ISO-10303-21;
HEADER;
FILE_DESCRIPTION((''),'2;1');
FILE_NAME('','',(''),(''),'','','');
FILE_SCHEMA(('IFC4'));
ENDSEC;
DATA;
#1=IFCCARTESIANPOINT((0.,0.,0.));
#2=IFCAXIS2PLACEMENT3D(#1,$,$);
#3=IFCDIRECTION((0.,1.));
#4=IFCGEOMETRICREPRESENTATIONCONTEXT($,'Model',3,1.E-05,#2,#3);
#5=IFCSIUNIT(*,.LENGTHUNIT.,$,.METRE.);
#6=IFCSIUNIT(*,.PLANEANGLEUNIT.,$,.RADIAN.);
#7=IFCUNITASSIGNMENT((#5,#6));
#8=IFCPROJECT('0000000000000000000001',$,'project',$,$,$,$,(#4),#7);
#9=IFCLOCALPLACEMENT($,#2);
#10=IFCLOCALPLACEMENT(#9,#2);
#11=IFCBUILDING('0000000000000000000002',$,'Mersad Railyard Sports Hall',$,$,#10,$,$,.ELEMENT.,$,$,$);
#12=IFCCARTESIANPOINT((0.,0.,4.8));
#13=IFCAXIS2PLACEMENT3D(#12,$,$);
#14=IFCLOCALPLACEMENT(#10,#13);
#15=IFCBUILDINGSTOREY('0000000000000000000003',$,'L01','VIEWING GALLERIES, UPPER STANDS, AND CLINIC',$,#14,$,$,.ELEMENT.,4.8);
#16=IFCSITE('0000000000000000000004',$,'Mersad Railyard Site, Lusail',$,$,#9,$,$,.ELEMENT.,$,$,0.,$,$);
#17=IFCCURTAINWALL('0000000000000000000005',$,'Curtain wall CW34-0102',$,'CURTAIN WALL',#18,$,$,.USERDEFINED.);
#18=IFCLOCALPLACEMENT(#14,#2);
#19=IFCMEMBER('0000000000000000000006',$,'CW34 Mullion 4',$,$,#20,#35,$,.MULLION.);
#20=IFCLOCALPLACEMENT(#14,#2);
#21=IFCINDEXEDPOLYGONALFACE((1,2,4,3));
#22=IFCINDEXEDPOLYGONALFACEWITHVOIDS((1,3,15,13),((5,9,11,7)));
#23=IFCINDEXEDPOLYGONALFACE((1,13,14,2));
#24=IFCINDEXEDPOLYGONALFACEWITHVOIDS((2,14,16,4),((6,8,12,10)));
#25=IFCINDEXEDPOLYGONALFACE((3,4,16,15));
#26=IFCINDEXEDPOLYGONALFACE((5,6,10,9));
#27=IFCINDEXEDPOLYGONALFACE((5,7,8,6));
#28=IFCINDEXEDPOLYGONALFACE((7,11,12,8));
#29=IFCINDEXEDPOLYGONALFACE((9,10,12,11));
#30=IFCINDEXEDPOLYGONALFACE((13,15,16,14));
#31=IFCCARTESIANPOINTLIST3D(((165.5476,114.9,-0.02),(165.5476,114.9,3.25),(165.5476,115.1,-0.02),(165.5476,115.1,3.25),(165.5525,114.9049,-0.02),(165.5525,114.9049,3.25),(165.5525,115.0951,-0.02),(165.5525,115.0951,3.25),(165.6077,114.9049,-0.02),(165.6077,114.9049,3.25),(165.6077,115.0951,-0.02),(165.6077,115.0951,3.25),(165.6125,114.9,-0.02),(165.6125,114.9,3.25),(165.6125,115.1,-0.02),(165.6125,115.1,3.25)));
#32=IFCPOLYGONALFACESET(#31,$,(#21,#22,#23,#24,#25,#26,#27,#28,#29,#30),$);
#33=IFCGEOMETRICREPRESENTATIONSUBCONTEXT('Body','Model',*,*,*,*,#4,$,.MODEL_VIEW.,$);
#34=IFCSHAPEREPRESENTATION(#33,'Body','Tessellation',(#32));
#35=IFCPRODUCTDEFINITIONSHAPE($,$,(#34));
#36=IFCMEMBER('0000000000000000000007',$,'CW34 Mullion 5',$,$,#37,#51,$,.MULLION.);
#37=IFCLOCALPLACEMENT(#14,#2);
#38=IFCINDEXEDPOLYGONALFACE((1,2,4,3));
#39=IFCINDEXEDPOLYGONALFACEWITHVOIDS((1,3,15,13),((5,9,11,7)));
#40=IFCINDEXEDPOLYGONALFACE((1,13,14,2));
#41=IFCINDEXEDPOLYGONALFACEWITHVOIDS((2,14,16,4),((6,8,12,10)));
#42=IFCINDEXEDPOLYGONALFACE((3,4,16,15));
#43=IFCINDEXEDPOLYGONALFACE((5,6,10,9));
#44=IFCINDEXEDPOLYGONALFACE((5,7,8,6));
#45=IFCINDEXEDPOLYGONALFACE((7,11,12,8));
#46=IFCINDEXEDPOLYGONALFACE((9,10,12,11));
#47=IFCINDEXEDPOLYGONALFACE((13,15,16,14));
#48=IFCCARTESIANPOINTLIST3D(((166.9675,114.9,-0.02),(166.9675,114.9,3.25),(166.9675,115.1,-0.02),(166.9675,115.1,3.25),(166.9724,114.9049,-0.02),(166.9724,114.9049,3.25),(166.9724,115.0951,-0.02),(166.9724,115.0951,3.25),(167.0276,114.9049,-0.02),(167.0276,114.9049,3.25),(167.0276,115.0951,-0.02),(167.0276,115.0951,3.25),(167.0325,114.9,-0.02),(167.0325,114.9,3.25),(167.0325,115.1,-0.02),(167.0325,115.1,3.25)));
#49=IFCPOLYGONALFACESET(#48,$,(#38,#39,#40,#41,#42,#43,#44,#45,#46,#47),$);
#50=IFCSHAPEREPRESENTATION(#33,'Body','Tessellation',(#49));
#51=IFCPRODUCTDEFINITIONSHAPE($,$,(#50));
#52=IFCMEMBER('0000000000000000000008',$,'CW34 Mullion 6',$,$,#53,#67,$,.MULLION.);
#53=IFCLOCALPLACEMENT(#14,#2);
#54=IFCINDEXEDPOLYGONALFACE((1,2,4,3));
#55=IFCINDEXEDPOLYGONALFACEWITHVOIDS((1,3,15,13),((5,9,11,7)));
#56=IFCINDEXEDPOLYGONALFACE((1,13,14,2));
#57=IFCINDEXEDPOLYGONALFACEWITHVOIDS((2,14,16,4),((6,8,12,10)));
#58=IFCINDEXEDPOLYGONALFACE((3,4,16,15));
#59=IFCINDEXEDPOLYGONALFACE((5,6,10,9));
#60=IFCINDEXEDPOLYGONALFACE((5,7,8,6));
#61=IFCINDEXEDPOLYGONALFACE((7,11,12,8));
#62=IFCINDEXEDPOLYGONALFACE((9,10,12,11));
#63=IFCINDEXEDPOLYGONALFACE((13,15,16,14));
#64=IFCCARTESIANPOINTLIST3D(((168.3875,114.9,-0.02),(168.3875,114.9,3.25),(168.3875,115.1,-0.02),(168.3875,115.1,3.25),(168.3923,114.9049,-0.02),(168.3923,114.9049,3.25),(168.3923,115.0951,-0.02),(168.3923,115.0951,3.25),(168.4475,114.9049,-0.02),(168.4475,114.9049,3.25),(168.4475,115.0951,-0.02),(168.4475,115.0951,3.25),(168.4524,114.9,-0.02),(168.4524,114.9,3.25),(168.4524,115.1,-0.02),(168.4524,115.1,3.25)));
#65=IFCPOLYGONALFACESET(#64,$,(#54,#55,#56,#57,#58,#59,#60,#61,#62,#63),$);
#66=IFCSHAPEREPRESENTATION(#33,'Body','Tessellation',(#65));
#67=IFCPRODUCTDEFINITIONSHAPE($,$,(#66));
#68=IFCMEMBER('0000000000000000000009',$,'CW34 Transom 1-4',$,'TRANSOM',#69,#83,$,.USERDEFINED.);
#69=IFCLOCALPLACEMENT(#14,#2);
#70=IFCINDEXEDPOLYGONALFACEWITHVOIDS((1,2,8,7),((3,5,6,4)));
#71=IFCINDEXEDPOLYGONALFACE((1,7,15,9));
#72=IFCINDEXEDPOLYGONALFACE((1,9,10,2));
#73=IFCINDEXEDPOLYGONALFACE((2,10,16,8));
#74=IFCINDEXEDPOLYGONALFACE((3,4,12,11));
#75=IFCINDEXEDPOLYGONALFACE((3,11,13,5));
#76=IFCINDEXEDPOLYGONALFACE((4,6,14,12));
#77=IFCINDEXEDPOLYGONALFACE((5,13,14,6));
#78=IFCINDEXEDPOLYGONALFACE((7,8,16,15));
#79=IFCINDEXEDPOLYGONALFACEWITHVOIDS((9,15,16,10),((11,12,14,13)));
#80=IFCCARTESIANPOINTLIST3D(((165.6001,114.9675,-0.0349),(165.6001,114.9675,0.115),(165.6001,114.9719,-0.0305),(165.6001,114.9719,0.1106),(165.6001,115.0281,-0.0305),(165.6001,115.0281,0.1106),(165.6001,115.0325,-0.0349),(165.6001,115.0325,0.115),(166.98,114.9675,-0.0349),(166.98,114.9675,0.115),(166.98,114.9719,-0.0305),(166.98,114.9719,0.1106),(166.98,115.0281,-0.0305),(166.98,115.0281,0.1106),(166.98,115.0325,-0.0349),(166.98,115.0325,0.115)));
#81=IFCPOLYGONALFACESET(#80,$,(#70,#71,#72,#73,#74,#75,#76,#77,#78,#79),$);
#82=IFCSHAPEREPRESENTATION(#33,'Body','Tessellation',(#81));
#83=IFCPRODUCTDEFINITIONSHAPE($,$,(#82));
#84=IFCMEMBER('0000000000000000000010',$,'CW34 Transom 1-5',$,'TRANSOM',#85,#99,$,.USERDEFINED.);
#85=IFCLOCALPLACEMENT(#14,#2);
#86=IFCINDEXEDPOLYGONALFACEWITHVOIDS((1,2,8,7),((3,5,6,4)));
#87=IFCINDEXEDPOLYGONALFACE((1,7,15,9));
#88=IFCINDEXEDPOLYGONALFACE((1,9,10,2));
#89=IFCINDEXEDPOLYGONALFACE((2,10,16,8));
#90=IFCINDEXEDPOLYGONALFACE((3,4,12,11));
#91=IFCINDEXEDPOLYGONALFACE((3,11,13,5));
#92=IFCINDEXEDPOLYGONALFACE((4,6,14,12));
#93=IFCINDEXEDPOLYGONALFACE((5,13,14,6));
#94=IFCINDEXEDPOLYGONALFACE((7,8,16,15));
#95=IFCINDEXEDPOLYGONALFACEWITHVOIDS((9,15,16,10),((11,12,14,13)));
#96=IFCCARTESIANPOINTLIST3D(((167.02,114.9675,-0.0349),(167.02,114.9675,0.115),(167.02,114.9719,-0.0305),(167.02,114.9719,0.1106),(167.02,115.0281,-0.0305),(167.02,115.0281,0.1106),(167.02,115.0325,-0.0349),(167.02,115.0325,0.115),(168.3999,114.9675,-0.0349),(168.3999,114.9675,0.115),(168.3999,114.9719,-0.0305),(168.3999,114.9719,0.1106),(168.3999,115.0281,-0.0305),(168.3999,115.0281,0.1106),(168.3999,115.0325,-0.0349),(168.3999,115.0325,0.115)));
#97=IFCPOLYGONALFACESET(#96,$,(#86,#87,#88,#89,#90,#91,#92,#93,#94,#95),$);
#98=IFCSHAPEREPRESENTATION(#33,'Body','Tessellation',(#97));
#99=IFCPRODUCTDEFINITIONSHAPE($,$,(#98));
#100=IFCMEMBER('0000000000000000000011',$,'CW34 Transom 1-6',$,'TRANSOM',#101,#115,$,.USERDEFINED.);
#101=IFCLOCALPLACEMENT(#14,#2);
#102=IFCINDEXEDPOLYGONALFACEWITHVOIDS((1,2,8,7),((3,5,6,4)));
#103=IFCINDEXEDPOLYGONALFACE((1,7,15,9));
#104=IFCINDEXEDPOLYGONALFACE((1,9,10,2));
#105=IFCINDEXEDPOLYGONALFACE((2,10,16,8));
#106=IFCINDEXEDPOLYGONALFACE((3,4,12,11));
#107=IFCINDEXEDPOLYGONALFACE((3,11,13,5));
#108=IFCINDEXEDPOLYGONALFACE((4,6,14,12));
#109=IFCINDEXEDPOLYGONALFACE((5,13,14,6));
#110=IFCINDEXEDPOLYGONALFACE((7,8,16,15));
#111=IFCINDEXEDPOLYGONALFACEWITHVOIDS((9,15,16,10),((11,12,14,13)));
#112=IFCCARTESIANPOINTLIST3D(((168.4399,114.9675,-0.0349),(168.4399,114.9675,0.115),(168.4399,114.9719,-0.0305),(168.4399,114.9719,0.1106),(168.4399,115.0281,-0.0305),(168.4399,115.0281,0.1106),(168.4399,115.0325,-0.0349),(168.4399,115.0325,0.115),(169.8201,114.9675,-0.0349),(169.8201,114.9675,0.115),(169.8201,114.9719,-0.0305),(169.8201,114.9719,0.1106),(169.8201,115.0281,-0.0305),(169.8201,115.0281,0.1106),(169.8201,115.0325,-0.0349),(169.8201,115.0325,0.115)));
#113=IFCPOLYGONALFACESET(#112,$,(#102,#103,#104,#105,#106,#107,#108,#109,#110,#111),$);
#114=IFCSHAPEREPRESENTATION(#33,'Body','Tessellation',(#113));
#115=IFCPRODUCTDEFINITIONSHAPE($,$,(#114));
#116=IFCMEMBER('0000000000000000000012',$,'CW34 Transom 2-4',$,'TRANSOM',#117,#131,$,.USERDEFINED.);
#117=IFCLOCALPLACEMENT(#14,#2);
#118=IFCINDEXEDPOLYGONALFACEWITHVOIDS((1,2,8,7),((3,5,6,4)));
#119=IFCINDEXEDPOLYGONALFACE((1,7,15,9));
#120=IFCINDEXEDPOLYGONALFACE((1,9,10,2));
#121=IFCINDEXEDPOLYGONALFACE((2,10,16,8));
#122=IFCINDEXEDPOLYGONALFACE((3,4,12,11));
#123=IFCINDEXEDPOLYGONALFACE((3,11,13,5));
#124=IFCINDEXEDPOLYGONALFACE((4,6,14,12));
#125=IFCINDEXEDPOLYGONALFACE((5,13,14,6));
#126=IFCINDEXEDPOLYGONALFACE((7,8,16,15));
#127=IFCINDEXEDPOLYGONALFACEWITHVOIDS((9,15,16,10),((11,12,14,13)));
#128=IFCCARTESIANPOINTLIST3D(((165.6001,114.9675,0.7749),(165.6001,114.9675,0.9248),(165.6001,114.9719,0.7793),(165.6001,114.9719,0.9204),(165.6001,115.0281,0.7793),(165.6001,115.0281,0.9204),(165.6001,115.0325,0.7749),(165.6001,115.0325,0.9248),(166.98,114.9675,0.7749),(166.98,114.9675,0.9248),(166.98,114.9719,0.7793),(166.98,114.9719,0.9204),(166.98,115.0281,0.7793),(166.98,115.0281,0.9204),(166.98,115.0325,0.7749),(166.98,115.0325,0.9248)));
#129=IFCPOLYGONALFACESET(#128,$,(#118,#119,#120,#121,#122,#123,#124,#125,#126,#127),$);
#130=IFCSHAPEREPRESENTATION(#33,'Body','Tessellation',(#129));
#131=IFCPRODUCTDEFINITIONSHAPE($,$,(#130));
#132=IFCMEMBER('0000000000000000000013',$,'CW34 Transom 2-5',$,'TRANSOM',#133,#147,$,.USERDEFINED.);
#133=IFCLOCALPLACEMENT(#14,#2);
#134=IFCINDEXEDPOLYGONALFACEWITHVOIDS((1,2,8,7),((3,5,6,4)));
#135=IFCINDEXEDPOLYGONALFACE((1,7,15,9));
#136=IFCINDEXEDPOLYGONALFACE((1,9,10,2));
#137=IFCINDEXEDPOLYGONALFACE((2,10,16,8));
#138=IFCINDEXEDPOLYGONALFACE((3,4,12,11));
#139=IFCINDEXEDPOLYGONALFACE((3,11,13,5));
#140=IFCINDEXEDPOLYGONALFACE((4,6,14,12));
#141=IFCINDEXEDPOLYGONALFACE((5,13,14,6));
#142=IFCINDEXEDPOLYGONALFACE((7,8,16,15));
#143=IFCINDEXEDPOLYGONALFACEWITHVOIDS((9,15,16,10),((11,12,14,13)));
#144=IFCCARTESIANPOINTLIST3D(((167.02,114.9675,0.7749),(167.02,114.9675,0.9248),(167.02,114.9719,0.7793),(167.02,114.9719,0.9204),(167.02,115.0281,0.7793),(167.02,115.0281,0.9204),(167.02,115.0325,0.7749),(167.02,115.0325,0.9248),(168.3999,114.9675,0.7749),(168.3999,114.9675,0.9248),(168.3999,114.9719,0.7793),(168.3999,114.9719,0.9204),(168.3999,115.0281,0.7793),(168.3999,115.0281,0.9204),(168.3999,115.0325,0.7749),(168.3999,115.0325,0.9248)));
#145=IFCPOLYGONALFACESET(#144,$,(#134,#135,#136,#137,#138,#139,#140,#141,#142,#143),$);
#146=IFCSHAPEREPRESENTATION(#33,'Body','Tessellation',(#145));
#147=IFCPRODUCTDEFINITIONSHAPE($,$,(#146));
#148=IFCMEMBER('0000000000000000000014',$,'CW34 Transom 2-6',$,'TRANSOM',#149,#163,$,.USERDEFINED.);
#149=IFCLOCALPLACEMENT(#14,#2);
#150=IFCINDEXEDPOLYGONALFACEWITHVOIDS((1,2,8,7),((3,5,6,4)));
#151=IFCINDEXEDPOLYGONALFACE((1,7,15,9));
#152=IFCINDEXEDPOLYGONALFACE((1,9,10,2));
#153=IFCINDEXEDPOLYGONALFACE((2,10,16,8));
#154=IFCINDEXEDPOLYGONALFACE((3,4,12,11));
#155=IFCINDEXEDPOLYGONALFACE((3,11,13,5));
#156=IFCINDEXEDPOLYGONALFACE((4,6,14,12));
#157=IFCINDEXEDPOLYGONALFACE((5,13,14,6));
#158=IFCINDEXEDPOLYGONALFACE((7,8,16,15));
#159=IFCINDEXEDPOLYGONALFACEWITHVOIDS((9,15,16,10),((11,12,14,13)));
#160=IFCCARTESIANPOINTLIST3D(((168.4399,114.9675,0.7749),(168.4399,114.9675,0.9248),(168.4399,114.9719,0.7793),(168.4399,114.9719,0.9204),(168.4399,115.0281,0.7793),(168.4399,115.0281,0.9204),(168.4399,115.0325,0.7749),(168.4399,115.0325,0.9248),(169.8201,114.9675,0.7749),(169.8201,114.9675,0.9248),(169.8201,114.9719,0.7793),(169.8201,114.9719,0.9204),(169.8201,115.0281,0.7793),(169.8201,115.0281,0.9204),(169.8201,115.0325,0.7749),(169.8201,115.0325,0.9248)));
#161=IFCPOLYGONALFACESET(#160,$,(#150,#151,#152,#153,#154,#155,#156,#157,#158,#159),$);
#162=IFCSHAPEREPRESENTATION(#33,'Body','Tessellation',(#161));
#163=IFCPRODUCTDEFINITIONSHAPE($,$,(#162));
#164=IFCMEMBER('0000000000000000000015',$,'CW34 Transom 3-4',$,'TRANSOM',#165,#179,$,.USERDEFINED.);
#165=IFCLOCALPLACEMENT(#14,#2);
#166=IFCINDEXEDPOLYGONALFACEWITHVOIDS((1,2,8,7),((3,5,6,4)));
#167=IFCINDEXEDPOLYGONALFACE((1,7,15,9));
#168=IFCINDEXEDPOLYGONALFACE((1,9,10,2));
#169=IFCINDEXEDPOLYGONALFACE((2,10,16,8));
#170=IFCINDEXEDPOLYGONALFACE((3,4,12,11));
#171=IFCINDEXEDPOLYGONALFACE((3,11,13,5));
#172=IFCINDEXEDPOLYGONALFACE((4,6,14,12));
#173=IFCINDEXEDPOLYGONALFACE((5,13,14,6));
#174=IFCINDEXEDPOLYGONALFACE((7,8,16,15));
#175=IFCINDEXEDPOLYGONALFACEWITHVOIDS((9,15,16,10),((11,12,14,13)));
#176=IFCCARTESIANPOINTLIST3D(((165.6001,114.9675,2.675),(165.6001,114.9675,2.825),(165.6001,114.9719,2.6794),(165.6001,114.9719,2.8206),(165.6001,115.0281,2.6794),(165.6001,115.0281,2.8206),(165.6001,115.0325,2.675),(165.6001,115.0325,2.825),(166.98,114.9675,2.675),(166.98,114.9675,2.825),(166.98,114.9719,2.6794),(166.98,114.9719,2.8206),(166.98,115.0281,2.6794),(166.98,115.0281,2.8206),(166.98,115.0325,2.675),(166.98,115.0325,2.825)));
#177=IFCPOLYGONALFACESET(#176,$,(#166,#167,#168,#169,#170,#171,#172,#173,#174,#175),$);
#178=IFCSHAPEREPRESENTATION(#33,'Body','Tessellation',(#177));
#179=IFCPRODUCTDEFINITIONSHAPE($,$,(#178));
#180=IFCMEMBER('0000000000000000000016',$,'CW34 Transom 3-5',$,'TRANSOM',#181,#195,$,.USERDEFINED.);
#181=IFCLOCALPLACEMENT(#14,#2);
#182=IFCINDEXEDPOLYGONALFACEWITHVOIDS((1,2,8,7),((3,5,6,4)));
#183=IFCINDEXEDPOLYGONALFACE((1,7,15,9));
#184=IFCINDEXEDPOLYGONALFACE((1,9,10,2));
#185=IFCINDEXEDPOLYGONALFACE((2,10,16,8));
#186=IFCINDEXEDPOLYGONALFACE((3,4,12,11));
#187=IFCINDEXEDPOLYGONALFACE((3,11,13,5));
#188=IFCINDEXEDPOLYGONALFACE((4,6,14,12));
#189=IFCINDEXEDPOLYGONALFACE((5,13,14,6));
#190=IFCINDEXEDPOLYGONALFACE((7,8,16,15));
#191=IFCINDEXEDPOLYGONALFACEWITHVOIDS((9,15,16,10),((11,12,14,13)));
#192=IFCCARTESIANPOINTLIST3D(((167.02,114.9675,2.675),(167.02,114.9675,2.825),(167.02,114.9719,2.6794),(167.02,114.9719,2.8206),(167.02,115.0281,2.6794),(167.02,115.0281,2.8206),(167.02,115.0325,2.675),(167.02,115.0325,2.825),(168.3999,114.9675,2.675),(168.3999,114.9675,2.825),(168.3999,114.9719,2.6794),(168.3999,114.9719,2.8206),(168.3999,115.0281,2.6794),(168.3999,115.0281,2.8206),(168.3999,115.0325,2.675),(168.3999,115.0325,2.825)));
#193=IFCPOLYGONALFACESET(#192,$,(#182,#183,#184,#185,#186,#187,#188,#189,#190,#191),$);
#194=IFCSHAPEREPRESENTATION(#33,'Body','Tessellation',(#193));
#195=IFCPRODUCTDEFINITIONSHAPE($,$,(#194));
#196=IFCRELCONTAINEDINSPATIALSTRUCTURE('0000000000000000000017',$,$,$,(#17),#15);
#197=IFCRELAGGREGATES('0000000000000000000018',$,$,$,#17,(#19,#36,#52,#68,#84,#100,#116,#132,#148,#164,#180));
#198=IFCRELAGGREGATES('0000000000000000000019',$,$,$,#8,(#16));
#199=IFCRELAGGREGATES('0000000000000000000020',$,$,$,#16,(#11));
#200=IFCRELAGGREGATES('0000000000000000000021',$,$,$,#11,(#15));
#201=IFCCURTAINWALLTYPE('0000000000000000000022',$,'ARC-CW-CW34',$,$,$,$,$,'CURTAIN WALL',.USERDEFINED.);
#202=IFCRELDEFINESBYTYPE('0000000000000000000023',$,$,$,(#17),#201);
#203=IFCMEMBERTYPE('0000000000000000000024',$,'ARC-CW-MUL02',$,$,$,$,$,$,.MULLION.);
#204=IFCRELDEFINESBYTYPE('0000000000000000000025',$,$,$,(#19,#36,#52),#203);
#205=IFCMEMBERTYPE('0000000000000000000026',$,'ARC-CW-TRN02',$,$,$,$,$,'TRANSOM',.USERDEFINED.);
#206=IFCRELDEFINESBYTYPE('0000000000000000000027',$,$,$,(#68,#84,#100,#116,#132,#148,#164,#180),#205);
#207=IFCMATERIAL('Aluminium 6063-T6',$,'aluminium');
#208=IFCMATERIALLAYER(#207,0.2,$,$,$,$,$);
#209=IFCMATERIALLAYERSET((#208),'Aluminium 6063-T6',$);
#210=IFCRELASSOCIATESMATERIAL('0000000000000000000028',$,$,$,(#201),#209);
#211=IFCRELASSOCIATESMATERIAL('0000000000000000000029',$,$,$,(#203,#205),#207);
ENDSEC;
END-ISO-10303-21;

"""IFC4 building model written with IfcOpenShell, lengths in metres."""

from ifc_helpers import new_model, si_unit, direction, frame, origin, origin_2d, place, context, subcontext, project, spatial, hollow_rectangle, extrude, material, layer, layer_set, material_profile, profile_set, type_object, element, aggregate, save


model = new_model("IFC4")

# Units and contexts
model_context = context("Model", 3, precision=1e-05, world=origin(), true_north=direction((0.0, 1.0)))
body_context = subcontext(model_context, "Body", "Model", "MODEL_VIEW")
ifc_project = project(units=[si_unit("LENGTHUNIT", "METRE"), si_unit("PLANEANGLEUNIT", "RADIAN")], contexts=[model_context])

# Site, building, storey
site_placement = place(None, origin())
site = spatial("IfcSite", under=ifc_project, at=site_placement, Name="Mersad Railyard Site, Lusail", CompositionType="ELEMENT", RefElevation=0.0)
building_placement = place(site_placement, origin())
building = spatial("IfcBuilding", under=site, at=building_placement, Name="Mersad Railyard Sports Hall", CompositionType="ELEMENT")
storey_placement = place(building_placement, frame((0.0, 0.0, 4.8)))
storey = spatial("IfcBuildingStorey", under=building, at=storey_placement, Name="L01", Description="VIEWING GALLERIES, UPPER STANDS, AND CLINIC", CompositionType="ELEMENT", Elevation=4.8)

# Curtain wall, members
ifc_material_1 = material(Name="Aluminium 6063-T6", Category="aluminium")
ifc_layer_1 = layer(ifc_material_1, 0.2)
ifc_layer_set_1 = layer_set([ifc_layer_1], Name="Aluminium 6063-T6")
curtain_wall_type = type_object("IfcCurtainWallType", Name="ARC-CW-CW34", ElementType="CURTAIN WALL", PredefinedType="USERDEFINED", material=ifc_layer_set_1)
curtain_wall_placement = place(storey_placement, origin())
curtain_wall = element("IfcCurtainWall", 1, at=curtain_wall_placement, inside=storey, type_object=curtain_wall_type, Name="Curtain wall CW34-0102", ObjectType="CURTAIN WALL", PredefinedType="USERDEFINED")
ifc_material_profile_1 = material_profile(ifc_material_1, hollow_rectangle(XDim=0.0649, YDim=0.2, WallThickness=0.0049, at=origin_2d()), Name="AL MULLION 65x200x5")
ifc_profile_set_1 = profile_set([ifc_material_profile_1], Name="Aluminium 6063-T6")
member_type_1 = type_object("IfcMemberType", Name="ARC-CW-MUL02", PredefinedType="MULLION", material=ifc_profile_set_1)
member_1_placement = place(storey_placement, frame((165.5801, 115.0, -0.02), z_axis=(0.0, 0.0, 1.0), x_axis=(1.0, 0.0, 0.0)))
member_1 = element("IfcMember", 2, at=member_1_placement, type_object=member_type_1, Name="CW34 Mullion 4", PredefinedType="MULLION", context=body_context, shape_type="SweptSolid", body=[
    extrude(hollow_rectangle(XDim=0.0649, YDim=0.2, WallThickness=0.0049, at=origin_2d()), origin(), (0.0, 0.0, 1.0), 3.27),
])
member_2_placement = place(storey_placement, frame((167.0, 115.0, -0.02), z_axis=(0.0, 0.0, 1.0), x_axis=(1.0, 0.0, 0.0)))
member_2 = element("IfcMember", 3, at=member_2_placement, type_object=member_type_1, Name="CW34 Mullion 5", PredefinedType="MULLION", context=body_context, shape_type="SweptSolid", body=[
    extrude(hollow_rectangle(XDim=0.0649, YDim=0.2, WallThickness=0.0049, at=origin_2d()), origin(), (0.0, 0.0, 1.0), 3.27),
])
member_3_placement = place(storey_placement, frame((168.4199, 115.0, -0.02), z_axis=(0.0, 0.0, 1.0), x_axis=(1.0, 0.0, 0.0)))
member_3 = element("IfcMember", 4, at=member_3_placement, type_object=member_type_1, Name="CW34 Mullion 6", PredefinedType="MULLION", context=body_context, shape_type="SweptSolid", body=[
    extrude(hollow_rectangle(XDim=0.0649, YDim=0.2, WallThickness=0.0049, at=origin_2d()), origin(), (0.0, 0.0, 1.0), 3.27),
])
ifc_material_profile_2 = material_profile(ifc_material_1, hollow_rectangle(XDim=0.0649, YDim=0.1499, WallThickness=0.0044, at=origin_2d()), Name="AL TRANSOM 65x150x4.5")
ifc_profile_set_2 = profile_set([ifc_material_profile_2], Name="Aluminium 6063-T6")
member_type_2 = type_object("IfcMemberType", Name="ARC-CW-TRN02", ElementType="TRANSOM", PredefinedType="USERDEFINED", material=ifc_profile_set_2)
member_4_placement = place(storey_placement, frame((165.6001, 115.0, 0.04), z_axis=(1.0, 0.0, 0.0), x_axis=(0.0, 1.0, 0.0)))
member_4 = element("IfcMember", 5, at=member_4_placement, type_object=member_type_2, Name="CW34 Transom 1-4", ObjectType="TRANSOM", PredefinedType="USERDEFINED", context=body_context, shape_type="SweptSolid", body=[
    extrude(hollow_rectangle(XDim=0.0649, YDim=0.1499, WallThickness=0.0044, at=origin_2d()), origin(), (0.0, 0.0, 1.0), 1.3799),
])
member_5_placement = place(storey_placement, frame((167.02, 115.0, 0.04), z_axis=(1.0, 0.0, 0.0), x_axis=(0.0, 1.0, 0.0)))
member_5 = element("IfcMember", 6, at=member_5_placement, type_object=member_type_2, Name="CW34 Transom 1-5", ObjectType="TRANSOM", PredefinedType="USERDEFINED", context=body_context, shape_type="SweptSolid", body=[
    extrude(hollow_rectangle(XDim=0.0649, YDim=0.1499, WallThickness=0.0044, at=origin_2d()), origin(), (0.0, 0.0, 1.0), 1.3799),
])
member_6_placement = place(storey_placement, frame((168.4399, 115.0, 0.04), z_axis=(1.0, 0.0, 0.0), x_axis=(0.0, 1.0, 0.0)))
member_6 = element("IfcMember", 7, at=member_6_placement, type_object=member_type_2, Name="CW34 Transom 1-6", ObjectType="TRANSOM", PredefinedType="USERDEFINED", context=body_context, shape_type="SweptSolid", body=[
    extrude(hollow_rectangle(XDim=0.0649, YDim=0.1499, WallThickness=0.0044, at=origin_2d()), origin(), (0.0, 0.0, 1.0), 1.3801),
])
member_7_placement = place(storey_placement, frame((165.6001, 115.0, 0.8499), z_axis=(1.0, 0.0, 0.0), x_axis=(0.0, 1.0, 0.0)))
member_7 = element("IfcMember", 8, at=member_7_placement, type_object=member_type_2, Name="CW34 Transom 2-4", ObjectType="TRANSOM", PredefinedType="USERDEFINED", context=body_context, shape_type="SweptSolid", body=[
    extrude(hollow_rectangle(XDim=0.0649, YDim=0.1499, WallThickness=0.0044, at=origin_2d()), origin(), (0.0, 0.0, 1.0), 1.3799),
])
member_8_placement = place(storey_placement, frame((167.02, 115.0, 0.8499), z_axis=(1.0, 0.0, 0.0), x_axis=(0.0, 1.0, 0.0)))
member_8 = element("IfcMember", 9, at=member_8_placement, type_object=member_type_2, Name="CW34 Transom 2-5", ObjectType="TRANSOM", PredefinedType="USERDEFINED", context=body_context, shape_type="SweptSolid", body=[
    extrude(hollow_rectangle(XDim=0.0649, YDim=0.1499, WallThickness=0.0044, at=origin_2d()), origin(), (0.0, 0.0, 1.0), 1.3799),
])
member_9_placement = place(storey_placement, frame((168.4399, 115.0, 0.8499), z_axis=(1.0, 0.0, 0.0), x_axis=(0.0, 1.0, 0.0)))
member_9 = element("IfcMember", 10, at=member_9_placement, type_object=member_type_2, Name="CW34 Transom 2-6", ObjectType="TRANSOM", PredefinedType="USERDEFINED", context=body_context, shape_type="SweptSolid", body=[
    extrude(hollow_rectangle(XDim=0.0649, YDim=0.1499, WallThickness=0.0044, at=origin_2d()), origin(), (0.0, 0.0, 1.0), 1.3801),
])
member_10_placement = place(storey_placement, frame((165.6001, 115.0, 2.75), z_axis=(1.0, 0.0, 0.0), x_axis=(0.0, 1.0, 0.0)))
member_10 = element("IfcMember", 11, at=member_10_placement, type_object=member_type_2, Name="CW34 Transom 3-4", ObjectType="TRANSOM", PredefinedType="USERDEFINED", context=body_context, shape_type="SweptSolid", body=[
    extrude(hollow_rectangle(XDim=0.0649, YDim=0.1499, WallThickness=0.0044, at=origin_2d()), origin(), (0.0, 0.0, 1.0), 1.3799),
])
member_11_placement = place(storey_placement, frame((167.02, 115.0, 2.75), z_axis=(1.0, 0.0, 0.0), x_axis=(0.0, 1.0, 0.0)))
member_11 = element("IfcMember", 12, at=member_11_placement, type_object=member_type_2, Name="CW34 Transom 3-5", ObjectType="TRANSOM", PredefinedType="USERDEFINED", context=body_context, shape_type="SweptSolid", body=[
    extrude(hollow_rectangle(XDim=0.0649, YDim=0.1499, WallThickness=0.0044, at=origin_2d()), origin(), (0.0, 0.0, 1.0), 1.3799),
])
aggregate(curtain_wall, [member_1, member_2, member_3, member_4, member_5, member_6, member_7, member_8, member_9, member_10, member_11])

save(model, "model.ifc")
